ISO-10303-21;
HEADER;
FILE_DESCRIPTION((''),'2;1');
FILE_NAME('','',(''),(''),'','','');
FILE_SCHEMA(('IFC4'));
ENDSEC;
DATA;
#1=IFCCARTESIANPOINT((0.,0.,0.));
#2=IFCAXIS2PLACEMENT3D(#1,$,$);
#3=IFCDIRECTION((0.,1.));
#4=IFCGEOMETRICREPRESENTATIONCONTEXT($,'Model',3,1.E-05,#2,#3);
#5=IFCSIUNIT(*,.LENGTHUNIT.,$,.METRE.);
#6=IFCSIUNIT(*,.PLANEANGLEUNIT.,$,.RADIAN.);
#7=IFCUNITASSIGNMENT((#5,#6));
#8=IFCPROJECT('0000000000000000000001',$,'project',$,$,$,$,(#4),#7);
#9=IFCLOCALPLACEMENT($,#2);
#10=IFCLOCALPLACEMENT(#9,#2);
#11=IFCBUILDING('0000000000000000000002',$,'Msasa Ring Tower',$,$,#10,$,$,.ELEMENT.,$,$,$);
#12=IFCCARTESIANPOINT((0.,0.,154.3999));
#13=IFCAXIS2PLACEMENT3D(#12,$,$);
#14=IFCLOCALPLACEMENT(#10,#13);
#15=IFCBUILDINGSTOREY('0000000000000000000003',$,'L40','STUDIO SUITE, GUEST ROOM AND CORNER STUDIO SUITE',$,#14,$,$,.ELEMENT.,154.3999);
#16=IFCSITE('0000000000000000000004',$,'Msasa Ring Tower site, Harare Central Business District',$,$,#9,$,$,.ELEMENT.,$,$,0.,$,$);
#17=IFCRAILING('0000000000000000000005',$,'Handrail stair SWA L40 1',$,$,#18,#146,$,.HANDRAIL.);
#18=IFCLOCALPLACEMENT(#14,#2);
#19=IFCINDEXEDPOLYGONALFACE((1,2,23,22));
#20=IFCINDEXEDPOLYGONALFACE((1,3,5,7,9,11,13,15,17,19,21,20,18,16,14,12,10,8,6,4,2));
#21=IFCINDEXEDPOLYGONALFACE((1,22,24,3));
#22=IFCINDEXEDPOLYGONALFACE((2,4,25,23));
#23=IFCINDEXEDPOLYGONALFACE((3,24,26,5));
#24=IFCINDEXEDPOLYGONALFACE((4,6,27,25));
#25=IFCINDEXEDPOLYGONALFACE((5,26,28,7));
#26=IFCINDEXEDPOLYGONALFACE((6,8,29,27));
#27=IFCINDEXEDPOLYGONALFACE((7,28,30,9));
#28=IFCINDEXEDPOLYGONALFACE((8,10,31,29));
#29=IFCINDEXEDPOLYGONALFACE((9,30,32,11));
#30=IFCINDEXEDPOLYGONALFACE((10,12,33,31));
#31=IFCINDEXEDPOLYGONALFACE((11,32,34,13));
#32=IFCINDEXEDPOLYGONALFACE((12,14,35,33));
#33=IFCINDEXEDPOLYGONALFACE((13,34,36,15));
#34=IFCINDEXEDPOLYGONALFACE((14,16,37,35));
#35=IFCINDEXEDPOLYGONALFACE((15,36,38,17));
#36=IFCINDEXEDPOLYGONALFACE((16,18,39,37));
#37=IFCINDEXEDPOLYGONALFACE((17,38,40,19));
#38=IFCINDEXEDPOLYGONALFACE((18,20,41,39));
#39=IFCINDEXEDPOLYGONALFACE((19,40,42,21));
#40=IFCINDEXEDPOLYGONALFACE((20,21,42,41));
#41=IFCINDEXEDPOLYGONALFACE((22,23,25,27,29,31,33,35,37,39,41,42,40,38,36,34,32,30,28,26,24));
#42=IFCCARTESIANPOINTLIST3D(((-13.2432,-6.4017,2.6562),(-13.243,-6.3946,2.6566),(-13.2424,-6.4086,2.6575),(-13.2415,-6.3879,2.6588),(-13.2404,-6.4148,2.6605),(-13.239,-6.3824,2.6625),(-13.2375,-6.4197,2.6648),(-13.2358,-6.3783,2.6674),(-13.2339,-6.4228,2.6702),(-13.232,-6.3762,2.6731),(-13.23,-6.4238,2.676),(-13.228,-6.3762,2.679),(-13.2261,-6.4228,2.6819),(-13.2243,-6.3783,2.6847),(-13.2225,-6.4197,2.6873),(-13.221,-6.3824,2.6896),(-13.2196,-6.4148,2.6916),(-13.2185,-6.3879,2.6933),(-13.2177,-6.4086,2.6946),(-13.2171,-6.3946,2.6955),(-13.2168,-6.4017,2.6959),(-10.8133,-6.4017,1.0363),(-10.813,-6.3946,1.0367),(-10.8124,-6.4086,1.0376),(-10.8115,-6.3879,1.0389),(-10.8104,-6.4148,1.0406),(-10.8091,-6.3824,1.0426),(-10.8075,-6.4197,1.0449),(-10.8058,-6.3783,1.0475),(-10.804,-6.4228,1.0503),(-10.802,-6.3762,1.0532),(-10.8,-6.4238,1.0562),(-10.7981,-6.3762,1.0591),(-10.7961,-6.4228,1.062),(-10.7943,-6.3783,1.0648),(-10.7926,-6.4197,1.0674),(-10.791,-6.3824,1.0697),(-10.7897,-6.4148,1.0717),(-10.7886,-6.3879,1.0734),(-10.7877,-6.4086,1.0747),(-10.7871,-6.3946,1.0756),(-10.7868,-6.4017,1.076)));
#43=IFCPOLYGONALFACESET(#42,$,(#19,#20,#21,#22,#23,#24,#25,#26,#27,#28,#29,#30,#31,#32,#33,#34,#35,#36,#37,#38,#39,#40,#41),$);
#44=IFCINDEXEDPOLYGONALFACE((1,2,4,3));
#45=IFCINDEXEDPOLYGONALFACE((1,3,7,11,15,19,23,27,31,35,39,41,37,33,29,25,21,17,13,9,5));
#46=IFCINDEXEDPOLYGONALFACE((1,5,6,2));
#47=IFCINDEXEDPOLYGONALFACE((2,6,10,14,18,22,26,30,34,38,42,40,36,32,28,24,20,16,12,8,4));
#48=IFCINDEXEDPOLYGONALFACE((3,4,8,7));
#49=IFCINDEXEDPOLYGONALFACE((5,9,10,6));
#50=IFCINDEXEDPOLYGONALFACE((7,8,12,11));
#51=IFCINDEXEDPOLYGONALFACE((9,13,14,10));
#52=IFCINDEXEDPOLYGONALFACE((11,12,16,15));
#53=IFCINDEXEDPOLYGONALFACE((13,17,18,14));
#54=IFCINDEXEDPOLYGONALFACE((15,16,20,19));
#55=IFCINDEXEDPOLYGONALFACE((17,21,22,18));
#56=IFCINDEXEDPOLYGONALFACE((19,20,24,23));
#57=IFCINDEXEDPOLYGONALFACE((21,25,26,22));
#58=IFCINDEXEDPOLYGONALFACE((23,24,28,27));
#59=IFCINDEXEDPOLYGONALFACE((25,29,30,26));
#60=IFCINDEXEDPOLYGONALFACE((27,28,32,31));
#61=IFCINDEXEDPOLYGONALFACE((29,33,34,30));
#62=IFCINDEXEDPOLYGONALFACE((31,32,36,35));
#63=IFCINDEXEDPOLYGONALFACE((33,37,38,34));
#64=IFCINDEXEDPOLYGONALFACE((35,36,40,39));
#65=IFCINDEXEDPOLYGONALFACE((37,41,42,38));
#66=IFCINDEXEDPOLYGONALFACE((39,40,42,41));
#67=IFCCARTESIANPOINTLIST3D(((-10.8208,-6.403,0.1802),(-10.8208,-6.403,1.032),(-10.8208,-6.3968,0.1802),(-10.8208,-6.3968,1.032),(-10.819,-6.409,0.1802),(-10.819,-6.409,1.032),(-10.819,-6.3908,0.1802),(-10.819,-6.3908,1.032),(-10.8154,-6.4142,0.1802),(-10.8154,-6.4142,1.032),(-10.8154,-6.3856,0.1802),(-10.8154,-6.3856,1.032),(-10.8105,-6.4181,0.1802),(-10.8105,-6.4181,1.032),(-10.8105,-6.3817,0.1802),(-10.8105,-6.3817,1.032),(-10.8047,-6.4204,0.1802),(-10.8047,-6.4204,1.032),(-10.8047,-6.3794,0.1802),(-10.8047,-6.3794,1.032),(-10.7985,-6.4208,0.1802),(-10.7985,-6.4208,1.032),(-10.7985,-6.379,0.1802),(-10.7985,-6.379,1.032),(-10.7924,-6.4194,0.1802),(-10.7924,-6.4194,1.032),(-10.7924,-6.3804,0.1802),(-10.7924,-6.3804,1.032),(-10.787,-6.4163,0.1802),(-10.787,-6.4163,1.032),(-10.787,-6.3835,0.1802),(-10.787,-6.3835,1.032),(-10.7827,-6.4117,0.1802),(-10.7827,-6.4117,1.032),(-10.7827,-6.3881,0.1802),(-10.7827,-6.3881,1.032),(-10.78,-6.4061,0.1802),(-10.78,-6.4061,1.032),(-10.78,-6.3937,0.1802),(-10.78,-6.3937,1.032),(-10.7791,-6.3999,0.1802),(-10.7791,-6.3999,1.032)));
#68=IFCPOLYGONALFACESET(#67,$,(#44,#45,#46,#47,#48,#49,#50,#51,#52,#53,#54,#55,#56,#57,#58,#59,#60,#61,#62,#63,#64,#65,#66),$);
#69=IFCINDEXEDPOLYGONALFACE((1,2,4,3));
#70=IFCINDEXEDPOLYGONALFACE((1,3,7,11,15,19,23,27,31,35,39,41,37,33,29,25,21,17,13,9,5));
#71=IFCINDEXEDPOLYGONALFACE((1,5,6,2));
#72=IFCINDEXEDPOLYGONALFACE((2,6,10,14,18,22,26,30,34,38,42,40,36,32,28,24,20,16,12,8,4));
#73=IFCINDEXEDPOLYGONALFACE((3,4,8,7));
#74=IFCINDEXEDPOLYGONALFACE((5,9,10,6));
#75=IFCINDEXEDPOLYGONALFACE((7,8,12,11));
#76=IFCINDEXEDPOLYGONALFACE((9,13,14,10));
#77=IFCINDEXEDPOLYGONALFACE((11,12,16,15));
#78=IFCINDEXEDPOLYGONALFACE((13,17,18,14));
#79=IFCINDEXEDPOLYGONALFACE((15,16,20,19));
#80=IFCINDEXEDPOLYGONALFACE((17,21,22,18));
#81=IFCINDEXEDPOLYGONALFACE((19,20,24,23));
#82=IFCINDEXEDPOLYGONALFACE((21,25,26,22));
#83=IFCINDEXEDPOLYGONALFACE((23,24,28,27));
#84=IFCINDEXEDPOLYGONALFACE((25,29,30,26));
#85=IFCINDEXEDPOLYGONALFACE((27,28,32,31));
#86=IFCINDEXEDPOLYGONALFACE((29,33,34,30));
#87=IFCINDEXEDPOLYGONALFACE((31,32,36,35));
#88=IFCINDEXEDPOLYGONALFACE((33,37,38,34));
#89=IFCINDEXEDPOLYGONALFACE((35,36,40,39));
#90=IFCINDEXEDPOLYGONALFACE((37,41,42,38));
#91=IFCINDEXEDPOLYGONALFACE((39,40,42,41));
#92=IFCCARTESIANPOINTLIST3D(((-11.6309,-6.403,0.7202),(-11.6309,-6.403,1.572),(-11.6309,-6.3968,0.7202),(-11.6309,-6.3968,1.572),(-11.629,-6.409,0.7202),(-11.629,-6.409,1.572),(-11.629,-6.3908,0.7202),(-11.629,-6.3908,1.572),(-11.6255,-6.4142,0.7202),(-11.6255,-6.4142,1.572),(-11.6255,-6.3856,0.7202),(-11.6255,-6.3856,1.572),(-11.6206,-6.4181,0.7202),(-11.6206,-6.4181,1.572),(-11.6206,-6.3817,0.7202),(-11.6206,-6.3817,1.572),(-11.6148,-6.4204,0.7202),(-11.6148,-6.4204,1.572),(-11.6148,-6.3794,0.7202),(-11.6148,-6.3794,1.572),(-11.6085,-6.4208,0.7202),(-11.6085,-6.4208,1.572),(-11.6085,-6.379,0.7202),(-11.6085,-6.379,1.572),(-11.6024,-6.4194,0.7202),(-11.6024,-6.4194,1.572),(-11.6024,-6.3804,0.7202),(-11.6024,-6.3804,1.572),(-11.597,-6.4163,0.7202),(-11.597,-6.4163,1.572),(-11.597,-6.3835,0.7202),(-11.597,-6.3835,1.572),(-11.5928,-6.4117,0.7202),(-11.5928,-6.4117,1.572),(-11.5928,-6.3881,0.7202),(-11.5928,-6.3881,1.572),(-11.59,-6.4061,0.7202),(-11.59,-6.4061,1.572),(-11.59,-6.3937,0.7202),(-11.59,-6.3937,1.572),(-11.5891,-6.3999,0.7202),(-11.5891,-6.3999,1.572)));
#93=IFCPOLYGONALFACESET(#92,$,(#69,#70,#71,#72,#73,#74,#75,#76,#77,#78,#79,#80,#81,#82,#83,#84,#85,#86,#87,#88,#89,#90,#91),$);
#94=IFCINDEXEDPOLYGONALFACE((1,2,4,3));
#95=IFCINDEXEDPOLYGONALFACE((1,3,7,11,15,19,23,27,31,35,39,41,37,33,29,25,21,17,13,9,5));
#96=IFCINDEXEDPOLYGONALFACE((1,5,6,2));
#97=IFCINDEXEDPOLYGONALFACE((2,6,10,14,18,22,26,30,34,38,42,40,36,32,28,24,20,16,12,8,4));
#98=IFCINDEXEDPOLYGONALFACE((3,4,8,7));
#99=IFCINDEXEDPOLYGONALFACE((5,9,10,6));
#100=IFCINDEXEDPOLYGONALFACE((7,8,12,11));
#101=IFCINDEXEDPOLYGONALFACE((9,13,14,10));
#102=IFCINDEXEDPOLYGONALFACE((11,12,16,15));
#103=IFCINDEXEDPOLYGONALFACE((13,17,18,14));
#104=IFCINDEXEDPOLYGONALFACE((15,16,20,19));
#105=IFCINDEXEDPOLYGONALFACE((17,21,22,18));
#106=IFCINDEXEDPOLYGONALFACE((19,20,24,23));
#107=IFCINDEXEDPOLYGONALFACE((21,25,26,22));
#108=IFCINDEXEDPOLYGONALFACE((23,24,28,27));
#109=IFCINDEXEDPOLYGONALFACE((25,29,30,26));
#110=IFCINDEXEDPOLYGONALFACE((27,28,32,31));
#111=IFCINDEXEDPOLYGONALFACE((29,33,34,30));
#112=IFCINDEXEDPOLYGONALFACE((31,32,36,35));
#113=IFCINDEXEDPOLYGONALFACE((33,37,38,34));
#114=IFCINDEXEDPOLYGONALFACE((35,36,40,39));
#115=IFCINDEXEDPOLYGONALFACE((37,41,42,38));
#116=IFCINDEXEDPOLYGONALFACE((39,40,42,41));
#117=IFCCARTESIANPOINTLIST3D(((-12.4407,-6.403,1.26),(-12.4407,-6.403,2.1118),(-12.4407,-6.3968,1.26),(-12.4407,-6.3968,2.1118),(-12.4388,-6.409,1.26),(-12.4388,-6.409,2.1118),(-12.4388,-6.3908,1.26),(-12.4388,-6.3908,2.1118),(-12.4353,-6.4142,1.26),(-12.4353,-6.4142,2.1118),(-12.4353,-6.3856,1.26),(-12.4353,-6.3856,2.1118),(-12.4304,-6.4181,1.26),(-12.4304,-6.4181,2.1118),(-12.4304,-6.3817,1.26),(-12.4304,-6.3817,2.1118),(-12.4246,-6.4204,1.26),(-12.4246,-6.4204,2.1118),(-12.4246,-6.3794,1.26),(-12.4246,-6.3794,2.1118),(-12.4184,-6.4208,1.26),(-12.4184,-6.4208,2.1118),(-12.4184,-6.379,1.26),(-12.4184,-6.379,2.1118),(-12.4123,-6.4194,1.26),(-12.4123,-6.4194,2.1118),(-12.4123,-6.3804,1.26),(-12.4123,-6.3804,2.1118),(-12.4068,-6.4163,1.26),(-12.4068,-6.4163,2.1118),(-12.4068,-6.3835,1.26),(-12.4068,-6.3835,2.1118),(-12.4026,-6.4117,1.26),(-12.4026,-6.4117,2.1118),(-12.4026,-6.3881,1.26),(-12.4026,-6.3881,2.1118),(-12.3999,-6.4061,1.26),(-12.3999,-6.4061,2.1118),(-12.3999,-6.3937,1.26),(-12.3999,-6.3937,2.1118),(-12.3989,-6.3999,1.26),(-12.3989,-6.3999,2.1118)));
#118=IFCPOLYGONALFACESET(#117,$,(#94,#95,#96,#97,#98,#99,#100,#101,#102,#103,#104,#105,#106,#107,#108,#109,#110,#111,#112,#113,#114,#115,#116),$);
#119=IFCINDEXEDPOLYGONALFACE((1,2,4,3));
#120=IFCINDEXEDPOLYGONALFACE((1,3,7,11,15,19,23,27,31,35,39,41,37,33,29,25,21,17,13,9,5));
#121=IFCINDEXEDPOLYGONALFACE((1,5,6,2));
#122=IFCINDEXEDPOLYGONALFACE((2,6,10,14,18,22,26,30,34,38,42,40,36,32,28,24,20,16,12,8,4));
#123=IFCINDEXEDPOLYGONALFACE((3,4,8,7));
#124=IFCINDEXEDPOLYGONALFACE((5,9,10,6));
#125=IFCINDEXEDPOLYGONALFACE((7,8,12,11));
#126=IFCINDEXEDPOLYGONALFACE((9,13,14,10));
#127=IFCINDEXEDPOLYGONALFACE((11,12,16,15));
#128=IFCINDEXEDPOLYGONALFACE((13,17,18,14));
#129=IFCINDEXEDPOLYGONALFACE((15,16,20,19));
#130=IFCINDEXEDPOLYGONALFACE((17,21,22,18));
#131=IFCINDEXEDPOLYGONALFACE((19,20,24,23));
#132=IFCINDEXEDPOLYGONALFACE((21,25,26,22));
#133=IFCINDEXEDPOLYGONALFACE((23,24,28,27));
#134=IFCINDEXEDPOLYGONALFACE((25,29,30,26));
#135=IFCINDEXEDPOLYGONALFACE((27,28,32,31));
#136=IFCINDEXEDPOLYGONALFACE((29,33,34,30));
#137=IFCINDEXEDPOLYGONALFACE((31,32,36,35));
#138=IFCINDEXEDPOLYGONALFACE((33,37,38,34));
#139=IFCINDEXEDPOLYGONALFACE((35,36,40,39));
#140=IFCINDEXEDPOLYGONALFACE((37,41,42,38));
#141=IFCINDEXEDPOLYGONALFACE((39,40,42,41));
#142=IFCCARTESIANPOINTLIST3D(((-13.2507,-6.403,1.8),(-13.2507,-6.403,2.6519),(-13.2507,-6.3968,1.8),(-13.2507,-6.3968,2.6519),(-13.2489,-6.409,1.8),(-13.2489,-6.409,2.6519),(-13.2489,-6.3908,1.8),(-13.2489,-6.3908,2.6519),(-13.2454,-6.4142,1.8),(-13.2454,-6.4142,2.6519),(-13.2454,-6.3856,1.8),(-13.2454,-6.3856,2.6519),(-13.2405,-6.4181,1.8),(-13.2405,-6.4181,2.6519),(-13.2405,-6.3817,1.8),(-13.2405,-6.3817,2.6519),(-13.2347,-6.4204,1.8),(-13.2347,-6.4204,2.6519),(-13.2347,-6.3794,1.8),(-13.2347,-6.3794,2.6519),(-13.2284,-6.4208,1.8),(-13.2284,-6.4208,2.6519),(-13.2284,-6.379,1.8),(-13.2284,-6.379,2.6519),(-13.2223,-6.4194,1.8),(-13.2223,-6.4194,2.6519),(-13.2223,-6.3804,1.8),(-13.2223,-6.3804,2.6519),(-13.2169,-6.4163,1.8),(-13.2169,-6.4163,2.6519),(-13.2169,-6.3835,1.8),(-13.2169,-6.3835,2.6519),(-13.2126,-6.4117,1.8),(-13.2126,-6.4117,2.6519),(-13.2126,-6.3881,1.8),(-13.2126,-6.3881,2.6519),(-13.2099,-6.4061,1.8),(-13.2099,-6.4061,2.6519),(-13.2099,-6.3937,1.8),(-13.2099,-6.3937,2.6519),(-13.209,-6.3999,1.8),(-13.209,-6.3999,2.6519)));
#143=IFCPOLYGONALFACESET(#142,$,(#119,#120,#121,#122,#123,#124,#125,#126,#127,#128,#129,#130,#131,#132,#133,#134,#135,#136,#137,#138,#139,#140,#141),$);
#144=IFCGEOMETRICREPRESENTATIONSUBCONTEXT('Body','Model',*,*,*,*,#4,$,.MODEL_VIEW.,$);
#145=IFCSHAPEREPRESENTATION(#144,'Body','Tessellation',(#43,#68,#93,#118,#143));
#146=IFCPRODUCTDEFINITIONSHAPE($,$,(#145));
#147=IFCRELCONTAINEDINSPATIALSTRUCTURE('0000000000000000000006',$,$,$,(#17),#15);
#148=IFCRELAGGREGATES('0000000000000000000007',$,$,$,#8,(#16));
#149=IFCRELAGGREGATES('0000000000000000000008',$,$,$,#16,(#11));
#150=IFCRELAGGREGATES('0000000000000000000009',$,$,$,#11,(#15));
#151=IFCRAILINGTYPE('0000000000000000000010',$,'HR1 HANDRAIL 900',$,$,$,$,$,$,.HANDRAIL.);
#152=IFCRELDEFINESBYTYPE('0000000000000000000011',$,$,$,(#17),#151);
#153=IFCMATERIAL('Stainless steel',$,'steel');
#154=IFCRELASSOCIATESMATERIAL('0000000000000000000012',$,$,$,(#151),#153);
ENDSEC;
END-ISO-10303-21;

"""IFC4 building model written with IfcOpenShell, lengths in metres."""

from ifc_helpers import new_model, si_unit, direction, frame, origin, origin_2d, place, context, subcontext, project, spatial, circle, extrude, material, type_object, element, save


model = new_model("IFC4")

# Units and contexts
model_context = context("Model", 3, precision=1e-05, world=origin(), true_north=direction((0.0, 1.0)))
body_context = subcontext(model_context, "Body", "Model", "MODEL_VIEW")
ifc_project = project(units=[si_unit("LENGTHUNIT", "METRE"), si_unit("PLANEANGLEUNIT", "RADIAN")], contexts=[model_context])

# Site, building, storey
site_placement = place(None, origin())
site = spatial("IfcSite", under=ifc_project, at=site_placement, Name="Msasa Ring Tower site, Harare Central Business District", CompositionType="ELEMENT", RefElevation=0.0)
building_placement = place(site_placement, origin())
building = spatial("IfcBuilding", under=site, at=building_placement, Name="Msasa Ring Tower", CompositionType="ELEMENT")
storey_placement = place(building_placement, frame((0.0, 0.0, 154.3999)))
storey = spatial("IfcBuildingStorey", under=building, at=storey_placement, Name="L40", Description="STUDIO SUITE, GUEST ROOM AND CORNER STUDIO SUITE", CompositionType="ELEMENT", Elevation=154.3999)

# Railing
ifc_material_1 = material(Name="Stainless steel", Category="steel")
railing_type = type_object("IfcRailingType", Name="HR1 HANDRAIL 900", PredefinedType="HANDRAIL", material=ifc_material_1)
for number, where, name in (
    (1, (-10.8, -6.3999, 0.1802), "Handrail stair SWA L40 1"),
):
    element("IfcRailing", number, at=place(storey_placement, frame(where)), inside=storey, type_object=railing_type, Name=name, PredefinedType="HANDRAIL", context=body_context, shape_type="SweptSolid", body=[
        extrude(circle(Radius=0.0239, at=origin_2d()), frame((0.0, 0.0, 0.876), z_axis=(-0.832063, 0.0, 0.554681), x_axis=(0.0, -1.0, 0.0)), (0.0, 0.0, 1.0), 2.9204),
        extrude(circle(Radius=0.021, at=origin_2d()), origin(), (0.0, 0.0, 1.0), 0.8518),
        extrude(circle(Radius=0.021, at=origin_2d()), frame((-0.8101, 0.0, 0.54)), (0.0, 0.0, 1.0), 0.8518),
        extrude(circle(Radius=0.021, at=origin_2d()), frame((-1.6199, 0.0, 1.0798)), (0.0, 0.0, 1.0), 0.8518),
        extrude(circle(Radius=0.021, at=origin_2d()), frame((-2.4299, 0.0, 1.6199)), (0.0, 0.0, 1.0), 0.8518),
    ])

save(model, "model.ifc")
